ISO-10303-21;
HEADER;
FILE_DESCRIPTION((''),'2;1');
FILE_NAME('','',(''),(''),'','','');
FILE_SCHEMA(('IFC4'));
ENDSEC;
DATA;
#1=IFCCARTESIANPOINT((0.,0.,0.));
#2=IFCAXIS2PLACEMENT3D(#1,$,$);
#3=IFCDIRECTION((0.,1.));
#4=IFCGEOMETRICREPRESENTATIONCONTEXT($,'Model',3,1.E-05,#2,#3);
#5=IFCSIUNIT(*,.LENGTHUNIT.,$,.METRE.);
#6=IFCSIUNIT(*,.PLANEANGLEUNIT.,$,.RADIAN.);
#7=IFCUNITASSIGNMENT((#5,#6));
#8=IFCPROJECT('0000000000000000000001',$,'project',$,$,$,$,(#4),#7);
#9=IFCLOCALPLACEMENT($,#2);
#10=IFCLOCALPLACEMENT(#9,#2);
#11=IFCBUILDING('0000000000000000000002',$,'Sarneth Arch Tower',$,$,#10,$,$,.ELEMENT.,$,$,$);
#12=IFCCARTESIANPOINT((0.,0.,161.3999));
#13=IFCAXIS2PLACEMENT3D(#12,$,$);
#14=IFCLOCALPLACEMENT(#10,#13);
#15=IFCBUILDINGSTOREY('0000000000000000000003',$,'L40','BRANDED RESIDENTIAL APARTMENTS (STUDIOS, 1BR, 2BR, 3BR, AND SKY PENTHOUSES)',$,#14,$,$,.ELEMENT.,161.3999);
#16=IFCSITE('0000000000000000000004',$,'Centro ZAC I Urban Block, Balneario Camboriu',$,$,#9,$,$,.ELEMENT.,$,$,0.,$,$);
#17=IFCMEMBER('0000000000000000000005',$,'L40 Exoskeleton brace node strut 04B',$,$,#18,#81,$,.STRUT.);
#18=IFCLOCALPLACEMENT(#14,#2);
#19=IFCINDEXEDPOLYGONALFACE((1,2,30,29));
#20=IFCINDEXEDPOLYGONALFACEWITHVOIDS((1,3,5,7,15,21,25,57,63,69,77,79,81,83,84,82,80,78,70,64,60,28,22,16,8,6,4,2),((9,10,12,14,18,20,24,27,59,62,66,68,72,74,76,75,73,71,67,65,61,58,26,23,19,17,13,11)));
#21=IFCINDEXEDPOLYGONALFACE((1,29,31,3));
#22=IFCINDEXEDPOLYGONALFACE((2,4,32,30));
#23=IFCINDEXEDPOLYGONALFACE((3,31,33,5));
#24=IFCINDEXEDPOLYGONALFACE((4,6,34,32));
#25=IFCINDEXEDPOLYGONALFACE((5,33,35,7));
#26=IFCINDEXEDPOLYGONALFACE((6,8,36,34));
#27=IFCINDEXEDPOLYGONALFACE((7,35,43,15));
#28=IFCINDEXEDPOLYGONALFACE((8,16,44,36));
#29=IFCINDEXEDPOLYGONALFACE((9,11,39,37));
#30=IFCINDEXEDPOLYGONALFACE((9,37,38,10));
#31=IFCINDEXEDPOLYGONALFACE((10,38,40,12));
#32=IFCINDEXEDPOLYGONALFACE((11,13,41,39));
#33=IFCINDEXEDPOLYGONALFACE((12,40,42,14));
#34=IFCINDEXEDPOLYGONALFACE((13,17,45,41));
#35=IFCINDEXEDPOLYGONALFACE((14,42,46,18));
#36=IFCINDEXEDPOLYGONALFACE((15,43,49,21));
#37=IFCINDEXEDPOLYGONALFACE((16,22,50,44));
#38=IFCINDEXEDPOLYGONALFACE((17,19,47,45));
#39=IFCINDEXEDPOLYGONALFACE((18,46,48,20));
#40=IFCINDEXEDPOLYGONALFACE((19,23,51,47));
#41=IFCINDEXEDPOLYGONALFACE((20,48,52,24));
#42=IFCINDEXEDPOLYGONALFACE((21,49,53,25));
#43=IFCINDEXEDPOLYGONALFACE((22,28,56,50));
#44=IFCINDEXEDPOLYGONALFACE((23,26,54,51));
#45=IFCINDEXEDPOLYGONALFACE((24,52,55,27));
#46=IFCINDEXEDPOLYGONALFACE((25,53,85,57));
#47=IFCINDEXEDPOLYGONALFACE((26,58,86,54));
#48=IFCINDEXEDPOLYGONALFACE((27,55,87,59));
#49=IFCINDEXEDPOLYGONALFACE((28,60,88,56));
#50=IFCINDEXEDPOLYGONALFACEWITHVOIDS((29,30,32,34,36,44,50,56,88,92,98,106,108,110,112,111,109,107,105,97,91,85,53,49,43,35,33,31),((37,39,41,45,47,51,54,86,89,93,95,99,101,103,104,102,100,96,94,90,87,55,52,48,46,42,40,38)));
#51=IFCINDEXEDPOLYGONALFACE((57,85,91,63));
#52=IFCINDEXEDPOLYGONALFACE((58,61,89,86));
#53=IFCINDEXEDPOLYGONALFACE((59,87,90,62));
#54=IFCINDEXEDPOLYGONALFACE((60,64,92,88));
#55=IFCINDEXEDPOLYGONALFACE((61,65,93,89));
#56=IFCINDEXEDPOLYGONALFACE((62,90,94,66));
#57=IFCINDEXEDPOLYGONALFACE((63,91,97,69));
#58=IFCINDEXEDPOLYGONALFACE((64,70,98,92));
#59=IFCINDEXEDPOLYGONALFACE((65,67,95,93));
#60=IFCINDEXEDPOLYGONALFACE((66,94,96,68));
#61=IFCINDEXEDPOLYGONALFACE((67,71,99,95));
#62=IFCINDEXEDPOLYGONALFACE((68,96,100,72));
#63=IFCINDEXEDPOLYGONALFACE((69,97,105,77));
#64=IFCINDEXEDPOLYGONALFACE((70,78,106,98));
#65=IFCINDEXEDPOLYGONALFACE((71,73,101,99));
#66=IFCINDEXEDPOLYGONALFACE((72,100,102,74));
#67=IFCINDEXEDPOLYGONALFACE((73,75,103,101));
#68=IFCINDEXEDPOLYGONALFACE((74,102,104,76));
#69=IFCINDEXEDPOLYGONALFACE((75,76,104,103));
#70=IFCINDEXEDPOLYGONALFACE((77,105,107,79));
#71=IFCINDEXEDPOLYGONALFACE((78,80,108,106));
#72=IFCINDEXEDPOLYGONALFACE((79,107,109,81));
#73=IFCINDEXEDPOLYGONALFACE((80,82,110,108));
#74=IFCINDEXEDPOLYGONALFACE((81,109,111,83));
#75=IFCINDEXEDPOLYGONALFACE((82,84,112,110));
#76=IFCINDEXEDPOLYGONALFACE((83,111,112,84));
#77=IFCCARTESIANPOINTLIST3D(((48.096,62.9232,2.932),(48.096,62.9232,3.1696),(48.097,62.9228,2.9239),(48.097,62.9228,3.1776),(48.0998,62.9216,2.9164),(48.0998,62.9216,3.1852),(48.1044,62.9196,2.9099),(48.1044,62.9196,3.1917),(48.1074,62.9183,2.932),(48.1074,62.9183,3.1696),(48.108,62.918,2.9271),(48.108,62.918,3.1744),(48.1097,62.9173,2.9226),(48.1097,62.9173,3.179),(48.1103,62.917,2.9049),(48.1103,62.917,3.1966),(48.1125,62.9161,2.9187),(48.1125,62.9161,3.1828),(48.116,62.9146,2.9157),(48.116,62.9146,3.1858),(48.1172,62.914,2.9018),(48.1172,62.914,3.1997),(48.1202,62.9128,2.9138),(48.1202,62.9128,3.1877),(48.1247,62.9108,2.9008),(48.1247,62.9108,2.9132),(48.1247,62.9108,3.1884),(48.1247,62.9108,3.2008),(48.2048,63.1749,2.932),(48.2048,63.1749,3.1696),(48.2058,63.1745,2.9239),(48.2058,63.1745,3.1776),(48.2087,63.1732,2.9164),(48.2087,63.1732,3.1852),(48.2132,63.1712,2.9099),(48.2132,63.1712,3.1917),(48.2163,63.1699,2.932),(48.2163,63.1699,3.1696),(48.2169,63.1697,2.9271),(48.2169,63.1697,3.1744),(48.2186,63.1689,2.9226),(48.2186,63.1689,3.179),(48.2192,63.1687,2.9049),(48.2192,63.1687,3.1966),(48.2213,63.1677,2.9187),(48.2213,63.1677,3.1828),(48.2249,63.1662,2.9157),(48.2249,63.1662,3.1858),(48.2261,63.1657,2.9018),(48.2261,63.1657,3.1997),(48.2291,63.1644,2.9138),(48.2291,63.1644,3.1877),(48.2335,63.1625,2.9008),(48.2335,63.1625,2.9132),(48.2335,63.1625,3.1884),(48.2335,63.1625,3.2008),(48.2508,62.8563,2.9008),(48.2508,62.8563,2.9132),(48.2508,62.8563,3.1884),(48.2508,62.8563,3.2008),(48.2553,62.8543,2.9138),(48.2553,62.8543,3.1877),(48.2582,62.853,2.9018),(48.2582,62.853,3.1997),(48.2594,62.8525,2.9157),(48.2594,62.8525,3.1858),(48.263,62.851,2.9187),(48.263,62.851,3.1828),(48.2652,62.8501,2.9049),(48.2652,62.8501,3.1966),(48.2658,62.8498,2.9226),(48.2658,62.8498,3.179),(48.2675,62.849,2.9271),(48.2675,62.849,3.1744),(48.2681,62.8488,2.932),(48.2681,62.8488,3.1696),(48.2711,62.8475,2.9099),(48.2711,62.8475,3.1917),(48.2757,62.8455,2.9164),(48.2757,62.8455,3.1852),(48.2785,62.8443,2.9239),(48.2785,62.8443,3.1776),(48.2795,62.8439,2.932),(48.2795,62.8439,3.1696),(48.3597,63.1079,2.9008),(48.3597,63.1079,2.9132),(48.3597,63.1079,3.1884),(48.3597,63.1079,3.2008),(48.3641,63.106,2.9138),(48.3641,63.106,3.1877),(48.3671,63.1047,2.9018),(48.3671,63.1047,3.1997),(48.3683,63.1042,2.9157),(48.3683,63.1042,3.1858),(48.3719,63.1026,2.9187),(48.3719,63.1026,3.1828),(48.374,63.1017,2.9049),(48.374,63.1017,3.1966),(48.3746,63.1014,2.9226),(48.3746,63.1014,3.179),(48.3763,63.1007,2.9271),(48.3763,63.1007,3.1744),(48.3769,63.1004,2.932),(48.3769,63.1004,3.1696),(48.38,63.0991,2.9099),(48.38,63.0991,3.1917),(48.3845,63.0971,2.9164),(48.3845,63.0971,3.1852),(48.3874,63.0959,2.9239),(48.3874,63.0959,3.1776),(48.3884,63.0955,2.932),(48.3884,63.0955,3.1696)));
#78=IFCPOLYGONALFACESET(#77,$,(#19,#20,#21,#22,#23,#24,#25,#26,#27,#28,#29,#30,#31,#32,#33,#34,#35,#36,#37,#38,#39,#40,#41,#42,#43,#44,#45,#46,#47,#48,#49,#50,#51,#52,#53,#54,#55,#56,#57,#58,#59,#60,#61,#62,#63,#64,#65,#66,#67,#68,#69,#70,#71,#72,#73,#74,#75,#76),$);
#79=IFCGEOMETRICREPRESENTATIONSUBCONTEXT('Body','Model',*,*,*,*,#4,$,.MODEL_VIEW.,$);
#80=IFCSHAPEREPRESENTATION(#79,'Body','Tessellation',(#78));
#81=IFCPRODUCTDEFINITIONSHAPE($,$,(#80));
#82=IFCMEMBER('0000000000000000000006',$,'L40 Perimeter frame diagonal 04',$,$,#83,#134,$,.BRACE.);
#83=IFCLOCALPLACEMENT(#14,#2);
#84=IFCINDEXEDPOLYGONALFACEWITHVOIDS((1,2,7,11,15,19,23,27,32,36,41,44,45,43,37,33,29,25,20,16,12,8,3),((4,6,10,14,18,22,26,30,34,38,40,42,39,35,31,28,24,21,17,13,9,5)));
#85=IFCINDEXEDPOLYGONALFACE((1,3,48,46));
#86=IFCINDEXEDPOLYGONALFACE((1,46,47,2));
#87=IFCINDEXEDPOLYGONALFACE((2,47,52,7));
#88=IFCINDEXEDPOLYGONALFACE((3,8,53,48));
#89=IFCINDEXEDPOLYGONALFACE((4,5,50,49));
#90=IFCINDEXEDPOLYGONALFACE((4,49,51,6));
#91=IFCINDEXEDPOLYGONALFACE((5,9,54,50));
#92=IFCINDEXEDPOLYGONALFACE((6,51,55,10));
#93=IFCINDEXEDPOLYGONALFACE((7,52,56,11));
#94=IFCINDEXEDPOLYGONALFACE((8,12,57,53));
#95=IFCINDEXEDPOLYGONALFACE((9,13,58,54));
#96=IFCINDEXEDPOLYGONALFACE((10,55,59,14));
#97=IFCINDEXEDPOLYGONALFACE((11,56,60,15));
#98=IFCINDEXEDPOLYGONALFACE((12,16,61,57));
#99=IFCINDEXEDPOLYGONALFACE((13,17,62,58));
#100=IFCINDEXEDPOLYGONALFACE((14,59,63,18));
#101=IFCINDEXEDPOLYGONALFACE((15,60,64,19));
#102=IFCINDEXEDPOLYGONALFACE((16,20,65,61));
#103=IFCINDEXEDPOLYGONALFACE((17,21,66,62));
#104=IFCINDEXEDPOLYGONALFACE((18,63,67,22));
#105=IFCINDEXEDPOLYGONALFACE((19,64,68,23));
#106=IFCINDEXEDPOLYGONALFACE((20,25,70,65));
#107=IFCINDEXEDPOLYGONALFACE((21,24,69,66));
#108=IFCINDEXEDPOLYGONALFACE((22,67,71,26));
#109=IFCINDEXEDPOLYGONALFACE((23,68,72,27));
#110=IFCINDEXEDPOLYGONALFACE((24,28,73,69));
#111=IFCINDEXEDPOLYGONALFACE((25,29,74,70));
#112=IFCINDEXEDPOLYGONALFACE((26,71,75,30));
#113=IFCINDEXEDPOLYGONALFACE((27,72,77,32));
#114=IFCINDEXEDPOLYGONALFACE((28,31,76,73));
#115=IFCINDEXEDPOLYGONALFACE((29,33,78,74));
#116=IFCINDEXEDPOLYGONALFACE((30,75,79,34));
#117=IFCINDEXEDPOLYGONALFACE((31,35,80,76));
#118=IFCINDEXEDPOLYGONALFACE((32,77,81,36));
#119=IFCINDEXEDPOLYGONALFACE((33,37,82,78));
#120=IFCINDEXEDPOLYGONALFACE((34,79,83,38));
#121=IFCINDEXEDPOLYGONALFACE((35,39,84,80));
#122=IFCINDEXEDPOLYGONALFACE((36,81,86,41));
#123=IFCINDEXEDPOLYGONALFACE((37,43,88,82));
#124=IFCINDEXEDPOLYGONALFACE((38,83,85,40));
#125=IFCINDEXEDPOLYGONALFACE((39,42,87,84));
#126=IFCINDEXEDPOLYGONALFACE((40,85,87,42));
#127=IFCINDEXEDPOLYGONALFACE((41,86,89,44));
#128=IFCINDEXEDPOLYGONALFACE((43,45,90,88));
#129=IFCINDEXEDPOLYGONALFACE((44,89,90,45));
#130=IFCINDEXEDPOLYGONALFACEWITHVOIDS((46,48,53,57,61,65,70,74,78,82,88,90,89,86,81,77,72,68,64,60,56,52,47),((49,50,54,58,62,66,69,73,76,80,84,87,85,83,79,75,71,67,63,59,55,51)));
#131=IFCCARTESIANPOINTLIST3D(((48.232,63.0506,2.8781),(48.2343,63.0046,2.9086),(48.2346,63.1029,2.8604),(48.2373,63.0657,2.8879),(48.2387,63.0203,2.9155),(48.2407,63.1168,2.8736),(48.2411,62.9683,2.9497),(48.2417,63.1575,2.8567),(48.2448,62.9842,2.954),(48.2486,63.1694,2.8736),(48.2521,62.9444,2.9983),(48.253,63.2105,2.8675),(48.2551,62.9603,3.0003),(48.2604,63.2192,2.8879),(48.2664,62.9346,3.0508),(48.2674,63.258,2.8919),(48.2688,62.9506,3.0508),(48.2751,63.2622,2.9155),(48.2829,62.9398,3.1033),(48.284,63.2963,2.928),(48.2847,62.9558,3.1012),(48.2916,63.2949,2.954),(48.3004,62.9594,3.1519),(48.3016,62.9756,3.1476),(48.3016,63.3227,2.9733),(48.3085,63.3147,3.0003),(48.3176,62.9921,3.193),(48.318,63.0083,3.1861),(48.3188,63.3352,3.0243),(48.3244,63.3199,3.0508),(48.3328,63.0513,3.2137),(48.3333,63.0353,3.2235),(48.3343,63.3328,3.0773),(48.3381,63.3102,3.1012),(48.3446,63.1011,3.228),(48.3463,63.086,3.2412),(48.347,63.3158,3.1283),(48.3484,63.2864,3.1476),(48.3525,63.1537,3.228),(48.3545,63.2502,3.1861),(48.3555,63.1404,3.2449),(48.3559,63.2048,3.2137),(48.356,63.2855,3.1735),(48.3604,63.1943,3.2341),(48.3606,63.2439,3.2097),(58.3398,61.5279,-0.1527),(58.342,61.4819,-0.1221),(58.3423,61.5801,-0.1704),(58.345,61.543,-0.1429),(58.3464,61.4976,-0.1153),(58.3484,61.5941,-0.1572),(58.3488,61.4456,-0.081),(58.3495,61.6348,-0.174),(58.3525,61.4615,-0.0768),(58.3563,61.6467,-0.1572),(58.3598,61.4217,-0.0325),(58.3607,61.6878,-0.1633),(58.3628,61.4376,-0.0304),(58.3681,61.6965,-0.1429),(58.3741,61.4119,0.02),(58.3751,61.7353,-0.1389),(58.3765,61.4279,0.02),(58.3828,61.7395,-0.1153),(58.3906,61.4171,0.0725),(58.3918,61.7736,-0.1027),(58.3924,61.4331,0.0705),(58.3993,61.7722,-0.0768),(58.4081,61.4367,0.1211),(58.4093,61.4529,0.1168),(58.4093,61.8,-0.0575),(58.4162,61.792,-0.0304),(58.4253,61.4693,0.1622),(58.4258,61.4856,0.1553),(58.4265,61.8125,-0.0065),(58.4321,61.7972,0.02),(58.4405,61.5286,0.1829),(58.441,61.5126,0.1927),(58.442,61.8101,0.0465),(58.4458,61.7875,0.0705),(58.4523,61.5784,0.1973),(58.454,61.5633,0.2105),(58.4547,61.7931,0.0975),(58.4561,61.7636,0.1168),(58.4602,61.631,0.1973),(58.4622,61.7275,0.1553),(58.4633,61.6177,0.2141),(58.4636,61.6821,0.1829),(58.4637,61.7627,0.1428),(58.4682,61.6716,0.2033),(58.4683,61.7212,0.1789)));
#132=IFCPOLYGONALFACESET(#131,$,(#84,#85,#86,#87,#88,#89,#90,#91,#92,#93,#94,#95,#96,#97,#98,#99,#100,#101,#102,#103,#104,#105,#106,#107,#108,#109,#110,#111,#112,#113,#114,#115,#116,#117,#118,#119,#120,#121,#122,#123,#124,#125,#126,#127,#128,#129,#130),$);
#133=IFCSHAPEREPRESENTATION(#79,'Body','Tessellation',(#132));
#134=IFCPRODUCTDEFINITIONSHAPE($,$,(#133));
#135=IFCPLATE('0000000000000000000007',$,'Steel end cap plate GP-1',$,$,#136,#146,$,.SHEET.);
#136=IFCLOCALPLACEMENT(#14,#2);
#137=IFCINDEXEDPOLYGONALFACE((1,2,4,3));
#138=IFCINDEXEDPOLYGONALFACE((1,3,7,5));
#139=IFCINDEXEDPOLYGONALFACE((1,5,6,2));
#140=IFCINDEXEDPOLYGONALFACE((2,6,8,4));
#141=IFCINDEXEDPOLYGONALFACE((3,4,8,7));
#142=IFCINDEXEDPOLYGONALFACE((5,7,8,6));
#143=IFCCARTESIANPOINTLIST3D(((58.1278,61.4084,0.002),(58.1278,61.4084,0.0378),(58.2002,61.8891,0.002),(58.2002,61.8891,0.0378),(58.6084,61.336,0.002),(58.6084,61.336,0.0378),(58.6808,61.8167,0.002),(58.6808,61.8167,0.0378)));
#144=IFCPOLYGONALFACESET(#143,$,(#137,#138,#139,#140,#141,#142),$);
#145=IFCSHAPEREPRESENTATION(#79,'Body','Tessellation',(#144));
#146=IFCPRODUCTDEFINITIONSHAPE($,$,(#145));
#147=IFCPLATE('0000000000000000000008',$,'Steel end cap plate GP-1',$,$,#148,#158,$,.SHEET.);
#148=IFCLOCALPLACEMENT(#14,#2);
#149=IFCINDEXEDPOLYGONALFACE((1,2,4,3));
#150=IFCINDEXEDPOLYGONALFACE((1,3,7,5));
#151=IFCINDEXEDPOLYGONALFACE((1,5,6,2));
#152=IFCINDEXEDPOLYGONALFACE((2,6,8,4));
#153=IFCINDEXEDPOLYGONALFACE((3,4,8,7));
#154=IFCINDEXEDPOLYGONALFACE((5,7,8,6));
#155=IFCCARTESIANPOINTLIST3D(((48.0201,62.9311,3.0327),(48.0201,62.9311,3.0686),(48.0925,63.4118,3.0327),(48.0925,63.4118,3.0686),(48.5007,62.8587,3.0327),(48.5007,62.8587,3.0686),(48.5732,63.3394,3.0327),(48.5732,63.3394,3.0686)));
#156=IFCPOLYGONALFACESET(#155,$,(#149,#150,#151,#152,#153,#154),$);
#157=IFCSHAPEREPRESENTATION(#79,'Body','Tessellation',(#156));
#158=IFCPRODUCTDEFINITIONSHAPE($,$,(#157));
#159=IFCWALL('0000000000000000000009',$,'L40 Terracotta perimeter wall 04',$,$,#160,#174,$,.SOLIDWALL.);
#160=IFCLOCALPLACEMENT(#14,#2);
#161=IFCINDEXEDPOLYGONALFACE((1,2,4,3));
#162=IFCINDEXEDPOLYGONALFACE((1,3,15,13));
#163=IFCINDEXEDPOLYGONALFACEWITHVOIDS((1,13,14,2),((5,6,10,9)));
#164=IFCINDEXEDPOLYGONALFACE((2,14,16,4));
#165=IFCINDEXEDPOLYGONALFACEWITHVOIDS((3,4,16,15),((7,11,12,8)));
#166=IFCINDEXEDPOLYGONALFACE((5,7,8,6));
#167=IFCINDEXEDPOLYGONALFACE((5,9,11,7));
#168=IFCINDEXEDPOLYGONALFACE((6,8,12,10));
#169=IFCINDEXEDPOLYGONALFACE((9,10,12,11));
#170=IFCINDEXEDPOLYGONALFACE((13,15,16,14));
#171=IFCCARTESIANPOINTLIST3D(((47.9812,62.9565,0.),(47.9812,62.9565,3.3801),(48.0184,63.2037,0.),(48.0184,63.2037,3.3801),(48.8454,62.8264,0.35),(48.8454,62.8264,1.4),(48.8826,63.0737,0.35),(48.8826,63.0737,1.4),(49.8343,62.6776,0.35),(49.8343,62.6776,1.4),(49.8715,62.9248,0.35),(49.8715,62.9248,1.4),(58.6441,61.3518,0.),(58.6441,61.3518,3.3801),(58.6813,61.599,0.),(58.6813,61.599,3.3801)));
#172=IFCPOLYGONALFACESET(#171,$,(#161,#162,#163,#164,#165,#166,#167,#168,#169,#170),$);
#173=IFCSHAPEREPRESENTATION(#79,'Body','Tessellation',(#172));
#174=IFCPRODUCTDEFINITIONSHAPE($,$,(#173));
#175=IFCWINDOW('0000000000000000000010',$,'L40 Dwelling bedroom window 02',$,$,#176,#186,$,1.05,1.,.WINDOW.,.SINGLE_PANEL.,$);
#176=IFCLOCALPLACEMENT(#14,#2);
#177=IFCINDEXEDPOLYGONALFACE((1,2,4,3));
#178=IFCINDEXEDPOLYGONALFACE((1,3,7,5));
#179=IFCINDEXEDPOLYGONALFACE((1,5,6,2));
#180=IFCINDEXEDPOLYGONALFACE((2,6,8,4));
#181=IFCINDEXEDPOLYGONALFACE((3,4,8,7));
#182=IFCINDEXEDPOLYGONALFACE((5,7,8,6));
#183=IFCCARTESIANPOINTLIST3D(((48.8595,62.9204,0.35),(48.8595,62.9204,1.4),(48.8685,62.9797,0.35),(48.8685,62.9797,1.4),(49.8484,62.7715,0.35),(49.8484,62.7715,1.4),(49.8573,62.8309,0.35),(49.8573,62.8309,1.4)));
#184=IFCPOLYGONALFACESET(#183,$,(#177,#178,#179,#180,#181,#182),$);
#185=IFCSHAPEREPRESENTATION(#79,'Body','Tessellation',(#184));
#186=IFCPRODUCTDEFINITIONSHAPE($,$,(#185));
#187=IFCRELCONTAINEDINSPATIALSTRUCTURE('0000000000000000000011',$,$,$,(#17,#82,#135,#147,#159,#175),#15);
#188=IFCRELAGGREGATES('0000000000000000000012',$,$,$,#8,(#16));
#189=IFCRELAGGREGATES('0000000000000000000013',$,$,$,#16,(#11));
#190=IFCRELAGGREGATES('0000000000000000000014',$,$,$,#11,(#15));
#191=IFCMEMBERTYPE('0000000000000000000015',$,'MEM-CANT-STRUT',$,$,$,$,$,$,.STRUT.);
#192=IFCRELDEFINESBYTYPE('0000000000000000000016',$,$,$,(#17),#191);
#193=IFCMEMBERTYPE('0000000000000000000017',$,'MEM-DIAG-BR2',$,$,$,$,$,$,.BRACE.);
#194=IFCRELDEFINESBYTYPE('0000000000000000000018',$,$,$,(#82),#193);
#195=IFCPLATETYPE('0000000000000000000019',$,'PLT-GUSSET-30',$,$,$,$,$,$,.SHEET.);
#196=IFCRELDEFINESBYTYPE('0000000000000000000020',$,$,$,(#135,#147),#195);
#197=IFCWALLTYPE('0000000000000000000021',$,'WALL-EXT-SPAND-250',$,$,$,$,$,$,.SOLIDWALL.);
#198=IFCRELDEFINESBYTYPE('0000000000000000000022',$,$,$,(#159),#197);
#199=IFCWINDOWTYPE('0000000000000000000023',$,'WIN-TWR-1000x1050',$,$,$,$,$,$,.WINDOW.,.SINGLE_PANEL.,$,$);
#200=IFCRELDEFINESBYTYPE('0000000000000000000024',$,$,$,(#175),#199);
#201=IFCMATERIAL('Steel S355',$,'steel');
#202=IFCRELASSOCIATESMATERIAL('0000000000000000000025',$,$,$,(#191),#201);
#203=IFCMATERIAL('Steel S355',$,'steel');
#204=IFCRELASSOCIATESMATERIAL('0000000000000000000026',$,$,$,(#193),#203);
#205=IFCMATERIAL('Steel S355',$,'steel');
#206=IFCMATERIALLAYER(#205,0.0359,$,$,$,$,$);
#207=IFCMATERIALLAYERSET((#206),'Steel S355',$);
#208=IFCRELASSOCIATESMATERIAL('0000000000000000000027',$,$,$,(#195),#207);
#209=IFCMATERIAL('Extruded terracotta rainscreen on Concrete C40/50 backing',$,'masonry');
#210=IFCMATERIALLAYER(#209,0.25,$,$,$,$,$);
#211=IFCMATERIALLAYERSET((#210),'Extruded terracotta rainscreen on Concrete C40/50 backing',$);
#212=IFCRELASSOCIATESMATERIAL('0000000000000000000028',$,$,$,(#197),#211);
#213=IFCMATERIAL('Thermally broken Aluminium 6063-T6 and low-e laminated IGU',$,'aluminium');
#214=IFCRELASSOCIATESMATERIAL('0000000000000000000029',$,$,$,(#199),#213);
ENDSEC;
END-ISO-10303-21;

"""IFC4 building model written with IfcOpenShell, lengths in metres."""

from ifc_helpers import new_model, si_unit, direction, frame, frame_2d, origin, origin_2d, place, context, subcontext, project, spatial, rectangle, hollow_rectangle, hollow_circle, extrude, material, layer, layer_set, material_profile, profile_set, type_object, element, fill, save


model = new_model("IFC4")

# Units and contexts
model_context = context("Model", 3, precision=1e-05, world=origin(), true_north=direction((0.0, 1.0)))
body_context = subcontext(model_context, "Body", "Model", "MODEL_VIEW")
ifc_project = project(units=[si_unit("LENGTHUNIT", "METRE"), si_unit("PLANEANGLEUNIT", "RADIAN")], contexts=[model_context])

# Site, building, storey
site_placement = place(None, origin())
site = spatial("IfcSite", under=ifc_project, at=site_placement, Name="Centro ZAC I Urban Block, Balneario Camboriu", CompositionType="ELEMENT", RefElevation=0.0)
building_placement = place(site_placement, origin())
building = spatial("IfcBuilding", under=site, at=building_placement, Name="Sarneth Arch Tower", CompositionType="ELEMENT")
storey_placement = place(building_placement, frame((0.0, 0.0, 161.3999)))
storey = spatial("IfcBuildingStorey", under=building, at=storey_placement, Name="L40", Description="BRANDED RESIDENTIAL APARTMENTS (STUDIOS, 1BR, 2BR, 3BR, AND SKY PENTHOUSES)", CompositionType="ELEMENT", Elevation=161.3999)

# Members
ifc_material_1 = material(Name="Steel S355", Category="steel")
ifc_material_profile_1 = material_profile(ifc_material_1, hollow_rectangle(XDim=0.2, YDim=0.3, WallThickness=0.0125, InnerFilletRadius=0.0188, OuterFilletRadius=0.0312, at=origin_2d()), Name="RHS300x200x12.5")
ifc_profile_set_1 = profile_set([ifc_material_profile_1], Name="Steel S355")
member_type_1 = type_object("IfcMemberType", Name="MEM-CANT-STRUT", PredefinedType="STRUT", material=ifc_profile_set_1)
member_1_placement = place(storey_placement, frame((48.1877, 62.8835, 3.0508), z_axis=(0.397033, 0.917804, 0.0), x_axis=(-0.917804, 0.397033, 0.0)))
element("IfcMember", 1, at=member_1_placement, inside=storey, type_object=member_type_1, Name="L40 Exoskeleton brace node strut 04B", PredefinedType="STRUT", context=body_context, shape_type="SweptSolid", body=[
    extrude(hollow_rectangle(XDim=0.2, YDim=0.3, WallThickness=0.0125, InnerFilletRadius=0.0188, OuterFilletRadius=0.0312, at=origin_2d()), origin(), (0.0, 0.0, 1.0), 0.2742),
])
ifc_material_2 = material(Name="Steel S355", Category="steel")
ifc_material_profile_2 = material_profile(ifc_material_2, hollow_circle(Radius=0.2029, WallThickness=0.0161, at=origin_2d()), Name="CHS406x16")
ifc_profile_set_2 = profile_set([ifc_material_profile_2], Name="Steel S355")
member_type_2 = type_object("IfcMemberType", Name="MEM-DIAG-BR2", PredefinedType="BRACE", material=ifc_profile_set_2)
member_2_placement = place(storey_placement, frame((58.4043, 61.6125, 0.02), z_axis=(-0.948047, 0.142822, 0.28427), x_axis=(-0.148968, -0.988842, 0.0)))
element("IfcMember", 2, at=member_2_placement, inside=storey, type_object=member_type_2, Name="L40 Perimeter frame diagonal 04", PredefinedType="BRACE", context=body_context, shape_type="SweptSolid", body=[
    extrude(hollow_circle(Radius=0.2029, WallThickness=0.0161, at=origin_2d()), origin(), (0.0, 0.0, 1.0), 10.6616),
])

# Plates
ifc_material_3 = material(Name="Steel S355", Category="steel")
ifc_layer_1 = layer(ifc_material_3, 0.0359)
ifc_layer_set_1 = layer_set([ifc_layer_1], Name="Steel S355")
plate_type = type_object("IfcPlateType", Name="PLT-GUSSET-30", PredefinedType="SHEET", material=ifc_layer_set_1)
for number, where, z_axis, x_axis, name in (
    (3, (58.4043, 61.6125, 0.002), (0.0, 0.0, 1.0), (-0.988835, 0.149018, 0.0), "Steel end cap plate GP-1"),
    (4, (48.2966, 63.1353, 3.0327), (0.0, 0.0, 1.0), (-0.988835, 0.149018, 0.0), "Steel end cap plate GP-1"),
):
    element("IfcPlate", number, at=place(storey_placement, frame(where, z_axis=z_axis, x_axis=x_axis)), inside=storey, type_object=plate_type, Name=name, PredefinedType="SHEET", context=body_context, shape_type="SweptSolid", body=[
        extrude(rectangle(XDim=0.4861, YDim=0.4861, at=origin_2d()), origin(), (0.0, 0.0, 1.0), 0.0359),
    ])

# Wall, opening, window
ifc_material_4 = material(Name="Extruded terracotta rainscreen on Concrete C40/50 backing", Category="masonry")
ifc_layer_2 = layer(ifc_material_4, 0.25)
ifc_layer_set_2 = layer_set([ifc_layer_2], Name="Extruded terracotta rainscreen on Concrete C40/50 backing")
wall_type_1 = type_object("IfcWallType", Name="WALL-EXT-SPAND-250", PredefinedType="SOLIDWALL", material=ifc_layer_set_2)
wall_1_placement = place(storey_placement, frame((58.6628, 61.4753, 0.0), z_axis=(0.0, 0.0, 1.0), x_axis=(-0.988864, 0.148822, 0.0)))
wall_1 = element("IfcWall", 5, at=wall_1_placement, inside=storey, type_object=wall_type_1, Name="L40 Terracotta perimeter wall 04", PredefinedType="SOLIDWALL", context=body_context, shape_type="SweptSolid", body=[
    extrude(rectangle(XDim=10.783, YDim=0.25, at=frame_2d((5.3916, 0.0))), origin(), (0.0, 0.0, 1.0), 3.3801),
])
opening_1_placement = place(wall_1_placement, frame((8.9092, 0.0, 0.3501)))
opening_1 = element("IfcOpeningElement", 6, at=opening_1_placement, cuts=wall_1, PredefinedType="OPENING", context=body_context, shape_type="SweptSolid", body=[
    extrude(rectangle(XDim=1.0, YDim=1.05, at=frame_2d((0.5, 0.5249))), frame((0.0, 0.135, 0.0), z_axis=(0.0, -1.0, 0.0), x_axis=(1.0, 0.0, 0.0)), (0.0, 0.0, 1.0), 0.27),
])
ifc_material_5 = material(Name="Thermally broken Aluminium 6063-T6 and low-e laminated IGU", Category="aluminium")
window_type = type_object("IfcWindowType", Name="WIN-TWR-1000x1050", PartitioningType="SINGLE_PANEL", PredefinedType="WINDOW", material=ifc_material_5)
window_placement = place(opening_1_placement, origin())
window = element("IfcWindow", 7, at=window_placement, inside=storey, type_object=window_type, Name="L40 Dwelling bedroom window 02", OverallHeight=1.05, OverallWidth=1.0, PartitioningType="SINGLE_PANEL", PredefinedType="WINDOW", context=body_context, shape_type="SweptSolid", body=[
    extrude(rectangle(XDim=1.0, YDim=1.05, at=frame_2d((0.5, 0.5249))), frame((0.0, 0.03, 0.0), z_axis=(0.0, -1.0, 0.0), x_axis=(1.0, 0.0, 0.0)), (0.0, 0.0, 1.0), 0.0601),
])
fill(opening_1, window)

save(model, "model.ifc")
